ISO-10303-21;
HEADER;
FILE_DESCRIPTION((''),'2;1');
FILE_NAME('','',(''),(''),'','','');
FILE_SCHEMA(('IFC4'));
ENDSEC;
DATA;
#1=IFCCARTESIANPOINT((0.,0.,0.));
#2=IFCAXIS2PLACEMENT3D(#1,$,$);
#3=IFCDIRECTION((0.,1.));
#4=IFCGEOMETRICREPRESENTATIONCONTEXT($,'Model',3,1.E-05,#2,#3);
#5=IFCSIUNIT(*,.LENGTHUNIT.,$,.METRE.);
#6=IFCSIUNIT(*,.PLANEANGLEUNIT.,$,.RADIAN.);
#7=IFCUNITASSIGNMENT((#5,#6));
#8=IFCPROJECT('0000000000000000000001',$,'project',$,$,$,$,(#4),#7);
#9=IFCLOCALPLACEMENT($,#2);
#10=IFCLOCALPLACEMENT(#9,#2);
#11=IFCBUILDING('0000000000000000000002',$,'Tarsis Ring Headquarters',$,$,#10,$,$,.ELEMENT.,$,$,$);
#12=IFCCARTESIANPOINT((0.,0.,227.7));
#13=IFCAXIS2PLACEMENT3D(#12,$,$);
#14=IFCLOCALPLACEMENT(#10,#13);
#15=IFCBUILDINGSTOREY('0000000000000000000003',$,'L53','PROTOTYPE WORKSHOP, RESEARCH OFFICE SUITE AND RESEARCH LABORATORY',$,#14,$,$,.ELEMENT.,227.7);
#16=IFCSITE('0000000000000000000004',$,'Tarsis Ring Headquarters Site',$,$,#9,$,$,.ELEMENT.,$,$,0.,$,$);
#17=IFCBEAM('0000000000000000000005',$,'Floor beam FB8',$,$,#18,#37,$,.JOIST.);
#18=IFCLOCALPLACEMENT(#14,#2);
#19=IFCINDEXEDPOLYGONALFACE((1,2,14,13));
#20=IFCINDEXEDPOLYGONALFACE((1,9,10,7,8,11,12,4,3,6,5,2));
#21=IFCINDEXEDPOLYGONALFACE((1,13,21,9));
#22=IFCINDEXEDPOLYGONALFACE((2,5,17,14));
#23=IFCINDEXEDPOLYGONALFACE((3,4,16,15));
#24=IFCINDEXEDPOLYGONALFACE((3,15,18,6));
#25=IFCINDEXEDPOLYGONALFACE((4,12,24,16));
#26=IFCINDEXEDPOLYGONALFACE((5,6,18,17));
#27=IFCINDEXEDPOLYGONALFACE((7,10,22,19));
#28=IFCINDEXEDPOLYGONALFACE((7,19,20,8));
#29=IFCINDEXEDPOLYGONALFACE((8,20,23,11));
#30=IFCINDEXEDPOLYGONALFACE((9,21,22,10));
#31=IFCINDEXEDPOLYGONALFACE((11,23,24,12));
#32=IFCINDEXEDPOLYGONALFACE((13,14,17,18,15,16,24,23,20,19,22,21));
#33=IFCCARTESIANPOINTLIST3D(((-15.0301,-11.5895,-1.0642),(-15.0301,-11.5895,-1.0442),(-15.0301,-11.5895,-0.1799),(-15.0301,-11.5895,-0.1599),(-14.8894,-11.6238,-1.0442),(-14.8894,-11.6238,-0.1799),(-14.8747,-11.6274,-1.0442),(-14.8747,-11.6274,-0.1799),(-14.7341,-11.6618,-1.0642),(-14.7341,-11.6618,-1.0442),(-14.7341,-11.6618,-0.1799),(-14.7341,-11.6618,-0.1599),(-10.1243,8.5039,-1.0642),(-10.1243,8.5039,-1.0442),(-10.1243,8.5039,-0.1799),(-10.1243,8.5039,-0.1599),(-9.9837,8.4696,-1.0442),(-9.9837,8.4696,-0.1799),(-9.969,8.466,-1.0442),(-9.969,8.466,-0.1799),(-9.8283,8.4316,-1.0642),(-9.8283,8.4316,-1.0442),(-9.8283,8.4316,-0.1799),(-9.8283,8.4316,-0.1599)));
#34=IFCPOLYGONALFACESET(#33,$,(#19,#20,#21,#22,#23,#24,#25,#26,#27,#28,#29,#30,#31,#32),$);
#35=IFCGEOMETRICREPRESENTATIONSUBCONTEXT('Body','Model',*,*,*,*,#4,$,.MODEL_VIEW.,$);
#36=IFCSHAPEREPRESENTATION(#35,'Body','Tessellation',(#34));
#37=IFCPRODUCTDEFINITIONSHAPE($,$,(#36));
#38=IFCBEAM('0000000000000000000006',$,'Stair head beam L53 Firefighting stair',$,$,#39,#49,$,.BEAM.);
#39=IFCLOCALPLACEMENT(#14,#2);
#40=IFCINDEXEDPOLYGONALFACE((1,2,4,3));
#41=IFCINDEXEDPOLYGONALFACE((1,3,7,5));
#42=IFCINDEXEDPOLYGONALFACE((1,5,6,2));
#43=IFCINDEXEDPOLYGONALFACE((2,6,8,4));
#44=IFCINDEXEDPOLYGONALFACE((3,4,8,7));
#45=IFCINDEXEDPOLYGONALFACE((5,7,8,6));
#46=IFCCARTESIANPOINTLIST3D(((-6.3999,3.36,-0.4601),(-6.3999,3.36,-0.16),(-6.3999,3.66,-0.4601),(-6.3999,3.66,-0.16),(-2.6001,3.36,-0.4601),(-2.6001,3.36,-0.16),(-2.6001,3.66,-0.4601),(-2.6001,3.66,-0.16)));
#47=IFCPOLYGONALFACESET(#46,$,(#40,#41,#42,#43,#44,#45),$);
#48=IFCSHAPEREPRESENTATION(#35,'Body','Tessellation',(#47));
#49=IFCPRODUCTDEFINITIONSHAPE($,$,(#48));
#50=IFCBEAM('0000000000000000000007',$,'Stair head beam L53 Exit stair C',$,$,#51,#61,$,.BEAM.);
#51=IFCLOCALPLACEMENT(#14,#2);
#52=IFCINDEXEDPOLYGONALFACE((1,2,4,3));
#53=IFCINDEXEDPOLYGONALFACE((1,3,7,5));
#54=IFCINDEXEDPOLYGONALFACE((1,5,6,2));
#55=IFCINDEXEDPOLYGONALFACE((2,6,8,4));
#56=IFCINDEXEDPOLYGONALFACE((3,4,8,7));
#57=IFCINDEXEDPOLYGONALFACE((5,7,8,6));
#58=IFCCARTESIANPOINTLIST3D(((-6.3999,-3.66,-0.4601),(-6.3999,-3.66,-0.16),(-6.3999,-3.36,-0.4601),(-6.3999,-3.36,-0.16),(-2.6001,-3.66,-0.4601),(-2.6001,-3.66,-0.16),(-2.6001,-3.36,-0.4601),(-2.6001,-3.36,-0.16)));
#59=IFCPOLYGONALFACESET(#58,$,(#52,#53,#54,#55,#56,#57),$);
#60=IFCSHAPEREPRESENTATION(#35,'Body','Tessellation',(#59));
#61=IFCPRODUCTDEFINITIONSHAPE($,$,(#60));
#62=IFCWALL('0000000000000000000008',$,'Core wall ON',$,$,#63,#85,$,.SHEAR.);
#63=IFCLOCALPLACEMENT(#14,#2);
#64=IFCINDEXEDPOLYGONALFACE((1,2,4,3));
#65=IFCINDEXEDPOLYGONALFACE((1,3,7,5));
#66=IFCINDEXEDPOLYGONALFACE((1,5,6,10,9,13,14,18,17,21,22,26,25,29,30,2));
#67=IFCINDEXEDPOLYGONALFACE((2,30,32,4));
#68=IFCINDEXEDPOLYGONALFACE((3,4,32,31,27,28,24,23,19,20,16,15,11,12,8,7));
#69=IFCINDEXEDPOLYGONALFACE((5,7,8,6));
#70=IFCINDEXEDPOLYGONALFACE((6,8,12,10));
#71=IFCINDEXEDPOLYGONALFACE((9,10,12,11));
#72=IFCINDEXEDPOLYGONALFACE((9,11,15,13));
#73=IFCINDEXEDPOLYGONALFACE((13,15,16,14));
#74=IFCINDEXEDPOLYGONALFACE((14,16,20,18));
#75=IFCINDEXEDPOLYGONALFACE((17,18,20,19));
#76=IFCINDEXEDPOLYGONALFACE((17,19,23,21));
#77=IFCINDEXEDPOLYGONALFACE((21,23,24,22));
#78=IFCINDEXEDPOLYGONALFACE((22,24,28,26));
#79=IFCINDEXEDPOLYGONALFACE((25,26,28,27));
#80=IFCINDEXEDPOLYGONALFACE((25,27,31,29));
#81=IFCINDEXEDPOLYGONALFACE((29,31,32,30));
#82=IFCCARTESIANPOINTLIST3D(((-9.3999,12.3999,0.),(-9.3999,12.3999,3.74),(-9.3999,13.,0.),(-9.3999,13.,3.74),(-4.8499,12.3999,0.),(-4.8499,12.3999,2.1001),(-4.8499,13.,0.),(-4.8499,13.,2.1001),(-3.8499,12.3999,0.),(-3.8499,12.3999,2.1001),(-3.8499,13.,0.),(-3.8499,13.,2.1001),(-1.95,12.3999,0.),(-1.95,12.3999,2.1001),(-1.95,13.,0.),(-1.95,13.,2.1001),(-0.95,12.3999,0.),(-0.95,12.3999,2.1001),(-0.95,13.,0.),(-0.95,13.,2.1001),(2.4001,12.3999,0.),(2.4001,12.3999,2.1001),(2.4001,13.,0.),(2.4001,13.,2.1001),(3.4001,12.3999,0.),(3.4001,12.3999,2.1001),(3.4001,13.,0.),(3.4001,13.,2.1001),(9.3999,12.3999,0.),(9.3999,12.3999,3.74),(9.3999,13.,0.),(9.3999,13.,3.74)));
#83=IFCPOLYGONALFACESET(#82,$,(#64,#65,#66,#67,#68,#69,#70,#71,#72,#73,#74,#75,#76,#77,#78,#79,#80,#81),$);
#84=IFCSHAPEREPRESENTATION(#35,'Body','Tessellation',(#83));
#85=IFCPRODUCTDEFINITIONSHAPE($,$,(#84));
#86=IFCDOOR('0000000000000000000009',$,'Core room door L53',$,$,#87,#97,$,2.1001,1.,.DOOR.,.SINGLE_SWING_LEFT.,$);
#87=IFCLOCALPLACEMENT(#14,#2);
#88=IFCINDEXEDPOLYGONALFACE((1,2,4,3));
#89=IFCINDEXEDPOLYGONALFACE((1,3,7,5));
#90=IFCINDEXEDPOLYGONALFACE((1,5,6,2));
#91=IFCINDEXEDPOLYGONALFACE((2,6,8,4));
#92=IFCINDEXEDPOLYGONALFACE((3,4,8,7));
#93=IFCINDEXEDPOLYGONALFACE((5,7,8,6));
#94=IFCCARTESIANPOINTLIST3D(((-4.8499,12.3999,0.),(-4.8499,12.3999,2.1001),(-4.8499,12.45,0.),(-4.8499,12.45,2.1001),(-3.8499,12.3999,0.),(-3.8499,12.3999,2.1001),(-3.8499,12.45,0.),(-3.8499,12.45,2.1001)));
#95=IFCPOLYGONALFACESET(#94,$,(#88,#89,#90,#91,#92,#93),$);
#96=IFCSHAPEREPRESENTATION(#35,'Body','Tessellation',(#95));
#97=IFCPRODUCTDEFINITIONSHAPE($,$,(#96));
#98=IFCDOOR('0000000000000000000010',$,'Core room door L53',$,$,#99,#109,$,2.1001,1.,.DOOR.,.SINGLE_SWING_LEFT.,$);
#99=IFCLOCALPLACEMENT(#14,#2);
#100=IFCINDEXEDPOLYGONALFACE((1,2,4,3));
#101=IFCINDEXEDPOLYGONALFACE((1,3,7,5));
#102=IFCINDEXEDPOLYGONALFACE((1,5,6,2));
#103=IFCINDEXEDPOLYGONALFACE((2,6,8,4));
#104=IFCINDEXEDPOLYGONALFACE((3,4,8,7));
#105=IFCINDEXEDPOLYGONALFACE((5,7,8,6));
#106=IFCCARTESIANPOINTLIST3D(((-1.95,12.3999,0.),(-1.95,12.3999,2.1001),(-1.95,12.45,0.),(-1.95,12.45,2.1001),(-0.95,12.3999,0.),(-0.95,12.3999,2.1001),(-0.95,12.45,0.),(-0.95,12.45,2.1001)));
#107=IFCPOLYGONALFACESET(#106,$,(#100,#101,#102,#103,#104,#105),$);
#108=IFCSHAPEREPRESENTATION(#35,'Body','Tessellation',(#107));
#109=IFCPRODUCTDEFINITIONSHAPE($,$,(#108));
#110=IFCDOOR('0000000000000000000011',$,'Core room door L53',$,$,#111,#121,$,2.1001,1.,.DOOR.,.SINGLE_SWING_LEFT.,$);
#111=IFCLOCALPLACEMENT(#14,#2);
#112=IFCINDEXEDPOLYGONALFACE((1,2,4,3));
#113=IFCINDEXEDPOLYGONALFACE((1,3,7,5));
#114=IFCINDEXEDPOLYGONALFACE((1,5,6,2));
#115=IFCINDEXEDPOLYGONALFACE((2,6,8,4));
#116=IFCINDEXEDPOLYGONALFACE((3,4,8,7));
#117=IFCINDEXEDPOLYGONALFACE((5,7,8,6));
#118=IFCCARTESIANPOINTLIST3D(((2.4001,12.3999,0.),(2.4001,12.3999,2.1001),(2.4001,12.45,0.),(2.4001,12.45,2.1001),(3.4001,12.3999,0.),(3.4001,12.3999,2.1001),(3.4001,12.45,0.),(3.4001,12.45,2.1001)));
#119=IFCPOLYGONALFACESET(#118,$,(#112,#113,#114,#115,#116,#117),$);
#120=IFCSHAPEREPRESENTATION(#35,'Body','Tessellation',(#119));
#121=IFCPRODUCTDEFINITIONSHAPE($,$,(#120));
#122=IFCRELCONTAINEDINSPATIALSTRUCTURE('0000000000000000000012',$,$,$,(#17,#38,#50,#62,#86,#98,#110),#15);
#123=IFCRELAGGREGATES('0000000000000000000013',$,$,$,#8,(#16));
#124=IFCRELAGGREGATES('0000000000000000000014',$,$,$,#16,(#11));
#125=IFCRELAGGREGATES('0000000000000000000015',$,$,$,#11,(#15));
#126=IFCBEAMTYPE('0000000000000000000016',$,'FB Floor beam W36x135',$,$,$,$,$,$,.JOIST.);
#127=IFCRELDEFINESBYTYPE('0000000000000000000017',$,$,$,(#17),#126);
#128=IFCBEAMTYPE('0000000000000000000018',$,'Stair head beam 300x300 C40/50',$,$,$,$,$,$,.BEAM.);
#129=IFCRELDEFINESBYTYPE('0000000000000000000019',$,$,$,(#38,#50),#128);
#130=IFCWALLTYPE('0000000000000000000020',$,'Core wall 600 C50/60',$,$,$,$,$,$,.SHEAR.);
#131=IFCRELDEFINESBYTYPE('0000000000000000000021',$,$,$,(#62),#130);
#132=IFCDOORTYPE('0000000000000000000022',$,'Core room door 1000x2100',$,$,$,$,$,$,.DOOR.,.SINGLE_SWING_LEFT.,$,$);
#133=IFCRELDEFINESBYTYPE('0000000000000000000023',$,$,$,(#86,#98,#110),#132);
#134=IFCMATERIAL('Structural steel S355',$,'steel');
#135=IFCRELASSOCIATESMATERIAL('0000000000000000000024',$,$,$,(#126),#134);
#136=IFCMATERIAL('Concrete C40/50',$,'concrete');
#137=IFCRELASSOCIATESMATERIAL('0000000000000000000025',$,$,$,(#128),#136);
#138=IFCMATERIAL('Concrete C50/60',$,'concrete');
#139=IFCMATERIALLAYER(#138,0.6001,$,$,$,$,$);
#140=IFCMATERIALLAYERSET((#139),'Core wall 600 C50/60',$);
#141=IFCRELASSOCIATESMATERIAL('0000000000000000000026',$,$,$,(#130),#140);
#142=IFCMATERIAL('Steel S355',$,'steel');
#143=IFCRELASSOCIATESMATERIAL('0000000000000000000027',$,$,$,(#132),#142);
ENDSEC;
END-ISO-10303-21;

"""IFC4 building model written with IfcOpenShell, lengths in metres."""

from ifc_helpers import new_model, si_unit, direction, frame, frame_2d, origin, origin_2d, place, context, subcontext, project, spatial, rectangle, i_section, extrude, material, layer, layer_set, material_profile, profile_set, type_object, element, fill, save


model = new_model("IFC4")

# Units and contexts
model_context = context("Model", 3, precision=1e-05, world=origin(), true_north=direction((0.0, 1.0)))
body_context = subcontext(model_context, "Body", "Model", "MODEL_VIEW")
ifc_project = project(units=[si_unit("LENGTHUNIT", "METRE"), si_unit("PLANEANGLEUNIT", "RADIAN")], contexts=[model_context])

# Site, building, storey
site_placement = place(None, origin())
site = spatial("IfcSite", under=ifc_project, at=site_placement, Name="Tarsis Ring Headquarters Site", CompositionType="ELEMENT", RefElevation=0.0)
building_placement = place(site_placement, origin())
building = spatial("IfcBuilding", under=site, at=building_placement, Name="Tarsis Ring Headquarters", CompositionType="ELEMENT")
storey_placement = place(building_placement, frame((0.0, 0.0, 227.7)))
storey = spatial("IfcBuildingStorey", under=building, at=storey_placement, Name="L53", Description="PROTOTYPE WORKSHOP, RESEARCH OFFICE SUITE AND RESEARCH LABORATORY", CompositionType="ELEMENT", Elevation=227.7)

# Beams
ifc_material_1 = material(Name="Structural steel S355", Category="steel")
ifc_material_profile_1 = material_profile(ifc_material_1, i_section(OverallWidth=0.3047, OverallDepth=0.9043, WebThickness=0.0151, FlangeThickness=0.02, at=origin_2d()), Name="W36x135")
ifc_profile_set_1 = profile_set([ifc_material_profile_1], Name="Structural steel S355")
beam_type_1 = type_object("IfcBeamType", Name="FB Floor beam W36x135", PredefinedType="JOIST", material=ifc_profile_set_1)
beam_placement = place(storey_placement, frame((-9.9763, 8.4678, -0.6121), z_axis=(-0.23718, -0.971466, 0.0), x_axis=(0.971466, -0.23718, 0.0)))
element("IfcBeam", 1, at=beam_placement, inside=storey, type_object=beam_type_1, Name="Floor beam FB8", PredefinedType="JOIST", context=body_context, shape_type="SweptSolid", body=[
    extrude(i_section(OverallWidth=0.3047, OverallDepth=0.9043, WebThickness=0.0151, FlangeThickness=0.02, at=origin_2d()), origin(), (0.0, 0.0, 1.0), 20.6836),
])
ifc_material_2 = material(Name="Concrete C40/50", Category="concrete")
ifc_material_profile_2 = material_profile(ifc_material_2, rectangle(XDim=0.3, YDim=0.3, at=origin_2d()), Name="Stair head beam 300x300 C40/50")
ifc_profile_set_2 = profile_set([ifc_material_profile_2], Name="Concrete C40/50")
beam_type_2 = type_object("IfcBeamType", Name="Stair head beam 300x300 C40/50", PredefinedType="BEAM", material=ifc_profile_set_2)
for number, where, z_axis, x_axis, name in (
    (2, (-6.3999, 3.51, -0.3101), (1.0, 0.0, 0.0), (0.0, 1.0, 0.0), "Stair head beam L53 Firefighting stair"),
    (3, (-6.3999, -3.51, -0.3101), (1.0, 0.0, 0.0), (0.0, 1.0, 0.0), "Stair head beam L53 Exit stair C"),
):
    element("IfcBeam", number, at=place(storey_placement, frame(where, z_axis=z_axis, x_axis=x_axis)), inside=storey, type_object=beam_type_2, Name=name, PredefinedType="BEAM", context=body_context, shape_type="SweptSolid", body=[
        extrude(rectangle(XDim=0.3, YDim=0.3, at=origin_2d()), origin(), (0.0, 0.0, 1.0), 3.7998),
    ])

# Wall, openings, doors
ifc_material_3 = material(Name="Concrete C50/60", Category="concrete")
ifc_layer_1 = layer(ifc_material_3, 0.6001)
ifc_layer_set_1 = layer_set([ifc_layer_1], Name="Core wall 600 C50/60")
wall_type_1 = type_object("IfcWallType", Name="Core wall 600 C50/60", PredefinedType="SHEAR", material=ifc_layer_set_1)
wall_1_placement = place(storey_placement, frame((-9.3999, 12.7, 0.0), z_axis=(0.0, 0.0, 1.0), x_axis=(1.0, 0.0, 0.0)))
wall_1 = element("IfcWall", 4, at=wall_1_placement, inside=storey, type_object=wall_type_1, Name="Core wall ON", PredefinedType="SHEAR", context=body_context, shape_type="SweptSolid", body=[
    extrude(rectangle(XDim=18.7998, YDim=0.6001, at=frame_2d((9.3999, 0.0))), origin(), (0.0, 0.0, 1.0), 3.74),
])
opening_1_placement = place(wall_1_placement, frame((4.55, 0.0, 0.0)))
opening_1 = element("IfcOpeningElement", 5, at=opening_1_placement, cuts=wall_1, PredefinedType="OPENING", context=body_context, shape_type="SweptSolid", body=[
    extrude(rectangle(XDim=1.0, YDim=2.1001, at=frame_2d((0.5, 1.05))), frame((0.0, 0.3101, 0.0), z_axis=(0.0, -1.0, 0.0), x_axis=(1.0, 0.0, 0.0)), (0.0, 0.0, 1.0), 0.6201),
])
opening_2_placement = place(wall_1_placement, frame((7.45, 0.0, 0.0)))
opening_2 = element("IfcOpeningElement", 6, at=opening_2_placement, cuts=wall_1, PredefinedType="OPENING", context=body_context, shape_type="SweptSolid", body=[
    extrude(rectangle(XDim=1.0, YDim=2.1001, at=frame_2d((0.5, 1.05))), frame((0.0, 0.3101, 0.0), z_axis=(0.0, -1.0, 0.0), x_axis=(1.0, 0.0, 0.0)), (0.0, 0.0, 1.0), 0.6201),
])
opening_3_placement = place(wall_1_placement, frame((11.8, 0.0, 0.0)))
opening_3 = element("IfcOpeningElement", 7, at=opening_3_placement, cuts=wall_1, PredefinedType="OPENING", context=body_context, shape_type="SweptSolid", body=[
    extrude(rectangle(XDim=1.0, YDim=2.1001, at=frame_2d((0.5, 1.05))), frame((0.0, 0.3101, 0.0), z_axis=(0.0, -1.0, 0.0), x_axis=(1.0, 0.0, 0.0)), (0.0, 0.0, 1.0), 0.6201),
])
ifc_material_4 = material(Name="Steel S355", Category="steel")
door_type_1 = type_object("IfcDoorType", Name="Core room door 1000x2100", OperationType="SINGLE_SWING_LEFT", PredefinedType="DOOR", material=ifc_material_4)
door_1_placement = place(opening_1_placement, origin())
door_1 = element("IfcDoor", 8, at=door_1_placement, inside=storey, type_object=door_type_1, Name="Core room door L53", OperationType="SINGLE_SWING_LEFT", OverallHeight=2.1001, OverallWidth=1.0, PredefinedType="DOOR", context=body_context, shape_type="SweptSolid", body=[
    extrude(rectangle(XDim=1.0, YDim=2.1001, at=frame_2d((0.5, 1.05))), frame((0.0, -0.25, 0.0), z_axis=(0.0, -1.0, 0.0), x_axis=(1.0, 0.0, 0.0)), (0.0, 0.0, 1.0), 0.05),
])
fill(opening_1, door_1)
door_2_placement = place(opening_2_placement, origin())
door_2 = element("IfcDoor", 9, at=door_2_placement, inside=storey, type_object=door_type_1, Name="Core room door L53", OperationType="SINGLE_SWING_LEFT", OverallHeight=2.1001, OverallWidth=1.0, PredefinedType="DOOR", context=body_context, shape_type="SweptSolid", body=[
    extrude(rectangle(XDim=1.0, YDim=2.1001, at=frame_2d((0.5, 1.05))), frame((0.0, -0.25, 0.0), z_axis=(0.0, -1.0, 0.0), x_axis=(1.0, 0.0, 0.0)), (0.0, 0.0, 1.0), 0.05),
])
fill(opening_2, door_2)
door_3_placement = place(opening_3_placement, origin())
door_3 = element("IfcDoor", 10, at=door_3_placement, inside=storey, type_object=door_type_1, Name="Core room door L53", OperationType="SINGLE_SWING_LEFT", OverallHeight=2.1001, OverallWidth=1.0, PredefinedType="DOOR", context=body_context, shape_type="SweptSolid", body=[
    extrude(rectangle(XDim=1.0, YDim=2.1001, at=frame_2d((0.5, 1.05))), frame((0.0, -0.25, 0.0), z_axis=(0.0, -1.0, 0.0), x_axis=(1.0, 0.0, 0.0)), (0.0, 0.0, 1.0), 0.05),
])
fill(opening_3, door_3)

save(model, "model.ifc")
